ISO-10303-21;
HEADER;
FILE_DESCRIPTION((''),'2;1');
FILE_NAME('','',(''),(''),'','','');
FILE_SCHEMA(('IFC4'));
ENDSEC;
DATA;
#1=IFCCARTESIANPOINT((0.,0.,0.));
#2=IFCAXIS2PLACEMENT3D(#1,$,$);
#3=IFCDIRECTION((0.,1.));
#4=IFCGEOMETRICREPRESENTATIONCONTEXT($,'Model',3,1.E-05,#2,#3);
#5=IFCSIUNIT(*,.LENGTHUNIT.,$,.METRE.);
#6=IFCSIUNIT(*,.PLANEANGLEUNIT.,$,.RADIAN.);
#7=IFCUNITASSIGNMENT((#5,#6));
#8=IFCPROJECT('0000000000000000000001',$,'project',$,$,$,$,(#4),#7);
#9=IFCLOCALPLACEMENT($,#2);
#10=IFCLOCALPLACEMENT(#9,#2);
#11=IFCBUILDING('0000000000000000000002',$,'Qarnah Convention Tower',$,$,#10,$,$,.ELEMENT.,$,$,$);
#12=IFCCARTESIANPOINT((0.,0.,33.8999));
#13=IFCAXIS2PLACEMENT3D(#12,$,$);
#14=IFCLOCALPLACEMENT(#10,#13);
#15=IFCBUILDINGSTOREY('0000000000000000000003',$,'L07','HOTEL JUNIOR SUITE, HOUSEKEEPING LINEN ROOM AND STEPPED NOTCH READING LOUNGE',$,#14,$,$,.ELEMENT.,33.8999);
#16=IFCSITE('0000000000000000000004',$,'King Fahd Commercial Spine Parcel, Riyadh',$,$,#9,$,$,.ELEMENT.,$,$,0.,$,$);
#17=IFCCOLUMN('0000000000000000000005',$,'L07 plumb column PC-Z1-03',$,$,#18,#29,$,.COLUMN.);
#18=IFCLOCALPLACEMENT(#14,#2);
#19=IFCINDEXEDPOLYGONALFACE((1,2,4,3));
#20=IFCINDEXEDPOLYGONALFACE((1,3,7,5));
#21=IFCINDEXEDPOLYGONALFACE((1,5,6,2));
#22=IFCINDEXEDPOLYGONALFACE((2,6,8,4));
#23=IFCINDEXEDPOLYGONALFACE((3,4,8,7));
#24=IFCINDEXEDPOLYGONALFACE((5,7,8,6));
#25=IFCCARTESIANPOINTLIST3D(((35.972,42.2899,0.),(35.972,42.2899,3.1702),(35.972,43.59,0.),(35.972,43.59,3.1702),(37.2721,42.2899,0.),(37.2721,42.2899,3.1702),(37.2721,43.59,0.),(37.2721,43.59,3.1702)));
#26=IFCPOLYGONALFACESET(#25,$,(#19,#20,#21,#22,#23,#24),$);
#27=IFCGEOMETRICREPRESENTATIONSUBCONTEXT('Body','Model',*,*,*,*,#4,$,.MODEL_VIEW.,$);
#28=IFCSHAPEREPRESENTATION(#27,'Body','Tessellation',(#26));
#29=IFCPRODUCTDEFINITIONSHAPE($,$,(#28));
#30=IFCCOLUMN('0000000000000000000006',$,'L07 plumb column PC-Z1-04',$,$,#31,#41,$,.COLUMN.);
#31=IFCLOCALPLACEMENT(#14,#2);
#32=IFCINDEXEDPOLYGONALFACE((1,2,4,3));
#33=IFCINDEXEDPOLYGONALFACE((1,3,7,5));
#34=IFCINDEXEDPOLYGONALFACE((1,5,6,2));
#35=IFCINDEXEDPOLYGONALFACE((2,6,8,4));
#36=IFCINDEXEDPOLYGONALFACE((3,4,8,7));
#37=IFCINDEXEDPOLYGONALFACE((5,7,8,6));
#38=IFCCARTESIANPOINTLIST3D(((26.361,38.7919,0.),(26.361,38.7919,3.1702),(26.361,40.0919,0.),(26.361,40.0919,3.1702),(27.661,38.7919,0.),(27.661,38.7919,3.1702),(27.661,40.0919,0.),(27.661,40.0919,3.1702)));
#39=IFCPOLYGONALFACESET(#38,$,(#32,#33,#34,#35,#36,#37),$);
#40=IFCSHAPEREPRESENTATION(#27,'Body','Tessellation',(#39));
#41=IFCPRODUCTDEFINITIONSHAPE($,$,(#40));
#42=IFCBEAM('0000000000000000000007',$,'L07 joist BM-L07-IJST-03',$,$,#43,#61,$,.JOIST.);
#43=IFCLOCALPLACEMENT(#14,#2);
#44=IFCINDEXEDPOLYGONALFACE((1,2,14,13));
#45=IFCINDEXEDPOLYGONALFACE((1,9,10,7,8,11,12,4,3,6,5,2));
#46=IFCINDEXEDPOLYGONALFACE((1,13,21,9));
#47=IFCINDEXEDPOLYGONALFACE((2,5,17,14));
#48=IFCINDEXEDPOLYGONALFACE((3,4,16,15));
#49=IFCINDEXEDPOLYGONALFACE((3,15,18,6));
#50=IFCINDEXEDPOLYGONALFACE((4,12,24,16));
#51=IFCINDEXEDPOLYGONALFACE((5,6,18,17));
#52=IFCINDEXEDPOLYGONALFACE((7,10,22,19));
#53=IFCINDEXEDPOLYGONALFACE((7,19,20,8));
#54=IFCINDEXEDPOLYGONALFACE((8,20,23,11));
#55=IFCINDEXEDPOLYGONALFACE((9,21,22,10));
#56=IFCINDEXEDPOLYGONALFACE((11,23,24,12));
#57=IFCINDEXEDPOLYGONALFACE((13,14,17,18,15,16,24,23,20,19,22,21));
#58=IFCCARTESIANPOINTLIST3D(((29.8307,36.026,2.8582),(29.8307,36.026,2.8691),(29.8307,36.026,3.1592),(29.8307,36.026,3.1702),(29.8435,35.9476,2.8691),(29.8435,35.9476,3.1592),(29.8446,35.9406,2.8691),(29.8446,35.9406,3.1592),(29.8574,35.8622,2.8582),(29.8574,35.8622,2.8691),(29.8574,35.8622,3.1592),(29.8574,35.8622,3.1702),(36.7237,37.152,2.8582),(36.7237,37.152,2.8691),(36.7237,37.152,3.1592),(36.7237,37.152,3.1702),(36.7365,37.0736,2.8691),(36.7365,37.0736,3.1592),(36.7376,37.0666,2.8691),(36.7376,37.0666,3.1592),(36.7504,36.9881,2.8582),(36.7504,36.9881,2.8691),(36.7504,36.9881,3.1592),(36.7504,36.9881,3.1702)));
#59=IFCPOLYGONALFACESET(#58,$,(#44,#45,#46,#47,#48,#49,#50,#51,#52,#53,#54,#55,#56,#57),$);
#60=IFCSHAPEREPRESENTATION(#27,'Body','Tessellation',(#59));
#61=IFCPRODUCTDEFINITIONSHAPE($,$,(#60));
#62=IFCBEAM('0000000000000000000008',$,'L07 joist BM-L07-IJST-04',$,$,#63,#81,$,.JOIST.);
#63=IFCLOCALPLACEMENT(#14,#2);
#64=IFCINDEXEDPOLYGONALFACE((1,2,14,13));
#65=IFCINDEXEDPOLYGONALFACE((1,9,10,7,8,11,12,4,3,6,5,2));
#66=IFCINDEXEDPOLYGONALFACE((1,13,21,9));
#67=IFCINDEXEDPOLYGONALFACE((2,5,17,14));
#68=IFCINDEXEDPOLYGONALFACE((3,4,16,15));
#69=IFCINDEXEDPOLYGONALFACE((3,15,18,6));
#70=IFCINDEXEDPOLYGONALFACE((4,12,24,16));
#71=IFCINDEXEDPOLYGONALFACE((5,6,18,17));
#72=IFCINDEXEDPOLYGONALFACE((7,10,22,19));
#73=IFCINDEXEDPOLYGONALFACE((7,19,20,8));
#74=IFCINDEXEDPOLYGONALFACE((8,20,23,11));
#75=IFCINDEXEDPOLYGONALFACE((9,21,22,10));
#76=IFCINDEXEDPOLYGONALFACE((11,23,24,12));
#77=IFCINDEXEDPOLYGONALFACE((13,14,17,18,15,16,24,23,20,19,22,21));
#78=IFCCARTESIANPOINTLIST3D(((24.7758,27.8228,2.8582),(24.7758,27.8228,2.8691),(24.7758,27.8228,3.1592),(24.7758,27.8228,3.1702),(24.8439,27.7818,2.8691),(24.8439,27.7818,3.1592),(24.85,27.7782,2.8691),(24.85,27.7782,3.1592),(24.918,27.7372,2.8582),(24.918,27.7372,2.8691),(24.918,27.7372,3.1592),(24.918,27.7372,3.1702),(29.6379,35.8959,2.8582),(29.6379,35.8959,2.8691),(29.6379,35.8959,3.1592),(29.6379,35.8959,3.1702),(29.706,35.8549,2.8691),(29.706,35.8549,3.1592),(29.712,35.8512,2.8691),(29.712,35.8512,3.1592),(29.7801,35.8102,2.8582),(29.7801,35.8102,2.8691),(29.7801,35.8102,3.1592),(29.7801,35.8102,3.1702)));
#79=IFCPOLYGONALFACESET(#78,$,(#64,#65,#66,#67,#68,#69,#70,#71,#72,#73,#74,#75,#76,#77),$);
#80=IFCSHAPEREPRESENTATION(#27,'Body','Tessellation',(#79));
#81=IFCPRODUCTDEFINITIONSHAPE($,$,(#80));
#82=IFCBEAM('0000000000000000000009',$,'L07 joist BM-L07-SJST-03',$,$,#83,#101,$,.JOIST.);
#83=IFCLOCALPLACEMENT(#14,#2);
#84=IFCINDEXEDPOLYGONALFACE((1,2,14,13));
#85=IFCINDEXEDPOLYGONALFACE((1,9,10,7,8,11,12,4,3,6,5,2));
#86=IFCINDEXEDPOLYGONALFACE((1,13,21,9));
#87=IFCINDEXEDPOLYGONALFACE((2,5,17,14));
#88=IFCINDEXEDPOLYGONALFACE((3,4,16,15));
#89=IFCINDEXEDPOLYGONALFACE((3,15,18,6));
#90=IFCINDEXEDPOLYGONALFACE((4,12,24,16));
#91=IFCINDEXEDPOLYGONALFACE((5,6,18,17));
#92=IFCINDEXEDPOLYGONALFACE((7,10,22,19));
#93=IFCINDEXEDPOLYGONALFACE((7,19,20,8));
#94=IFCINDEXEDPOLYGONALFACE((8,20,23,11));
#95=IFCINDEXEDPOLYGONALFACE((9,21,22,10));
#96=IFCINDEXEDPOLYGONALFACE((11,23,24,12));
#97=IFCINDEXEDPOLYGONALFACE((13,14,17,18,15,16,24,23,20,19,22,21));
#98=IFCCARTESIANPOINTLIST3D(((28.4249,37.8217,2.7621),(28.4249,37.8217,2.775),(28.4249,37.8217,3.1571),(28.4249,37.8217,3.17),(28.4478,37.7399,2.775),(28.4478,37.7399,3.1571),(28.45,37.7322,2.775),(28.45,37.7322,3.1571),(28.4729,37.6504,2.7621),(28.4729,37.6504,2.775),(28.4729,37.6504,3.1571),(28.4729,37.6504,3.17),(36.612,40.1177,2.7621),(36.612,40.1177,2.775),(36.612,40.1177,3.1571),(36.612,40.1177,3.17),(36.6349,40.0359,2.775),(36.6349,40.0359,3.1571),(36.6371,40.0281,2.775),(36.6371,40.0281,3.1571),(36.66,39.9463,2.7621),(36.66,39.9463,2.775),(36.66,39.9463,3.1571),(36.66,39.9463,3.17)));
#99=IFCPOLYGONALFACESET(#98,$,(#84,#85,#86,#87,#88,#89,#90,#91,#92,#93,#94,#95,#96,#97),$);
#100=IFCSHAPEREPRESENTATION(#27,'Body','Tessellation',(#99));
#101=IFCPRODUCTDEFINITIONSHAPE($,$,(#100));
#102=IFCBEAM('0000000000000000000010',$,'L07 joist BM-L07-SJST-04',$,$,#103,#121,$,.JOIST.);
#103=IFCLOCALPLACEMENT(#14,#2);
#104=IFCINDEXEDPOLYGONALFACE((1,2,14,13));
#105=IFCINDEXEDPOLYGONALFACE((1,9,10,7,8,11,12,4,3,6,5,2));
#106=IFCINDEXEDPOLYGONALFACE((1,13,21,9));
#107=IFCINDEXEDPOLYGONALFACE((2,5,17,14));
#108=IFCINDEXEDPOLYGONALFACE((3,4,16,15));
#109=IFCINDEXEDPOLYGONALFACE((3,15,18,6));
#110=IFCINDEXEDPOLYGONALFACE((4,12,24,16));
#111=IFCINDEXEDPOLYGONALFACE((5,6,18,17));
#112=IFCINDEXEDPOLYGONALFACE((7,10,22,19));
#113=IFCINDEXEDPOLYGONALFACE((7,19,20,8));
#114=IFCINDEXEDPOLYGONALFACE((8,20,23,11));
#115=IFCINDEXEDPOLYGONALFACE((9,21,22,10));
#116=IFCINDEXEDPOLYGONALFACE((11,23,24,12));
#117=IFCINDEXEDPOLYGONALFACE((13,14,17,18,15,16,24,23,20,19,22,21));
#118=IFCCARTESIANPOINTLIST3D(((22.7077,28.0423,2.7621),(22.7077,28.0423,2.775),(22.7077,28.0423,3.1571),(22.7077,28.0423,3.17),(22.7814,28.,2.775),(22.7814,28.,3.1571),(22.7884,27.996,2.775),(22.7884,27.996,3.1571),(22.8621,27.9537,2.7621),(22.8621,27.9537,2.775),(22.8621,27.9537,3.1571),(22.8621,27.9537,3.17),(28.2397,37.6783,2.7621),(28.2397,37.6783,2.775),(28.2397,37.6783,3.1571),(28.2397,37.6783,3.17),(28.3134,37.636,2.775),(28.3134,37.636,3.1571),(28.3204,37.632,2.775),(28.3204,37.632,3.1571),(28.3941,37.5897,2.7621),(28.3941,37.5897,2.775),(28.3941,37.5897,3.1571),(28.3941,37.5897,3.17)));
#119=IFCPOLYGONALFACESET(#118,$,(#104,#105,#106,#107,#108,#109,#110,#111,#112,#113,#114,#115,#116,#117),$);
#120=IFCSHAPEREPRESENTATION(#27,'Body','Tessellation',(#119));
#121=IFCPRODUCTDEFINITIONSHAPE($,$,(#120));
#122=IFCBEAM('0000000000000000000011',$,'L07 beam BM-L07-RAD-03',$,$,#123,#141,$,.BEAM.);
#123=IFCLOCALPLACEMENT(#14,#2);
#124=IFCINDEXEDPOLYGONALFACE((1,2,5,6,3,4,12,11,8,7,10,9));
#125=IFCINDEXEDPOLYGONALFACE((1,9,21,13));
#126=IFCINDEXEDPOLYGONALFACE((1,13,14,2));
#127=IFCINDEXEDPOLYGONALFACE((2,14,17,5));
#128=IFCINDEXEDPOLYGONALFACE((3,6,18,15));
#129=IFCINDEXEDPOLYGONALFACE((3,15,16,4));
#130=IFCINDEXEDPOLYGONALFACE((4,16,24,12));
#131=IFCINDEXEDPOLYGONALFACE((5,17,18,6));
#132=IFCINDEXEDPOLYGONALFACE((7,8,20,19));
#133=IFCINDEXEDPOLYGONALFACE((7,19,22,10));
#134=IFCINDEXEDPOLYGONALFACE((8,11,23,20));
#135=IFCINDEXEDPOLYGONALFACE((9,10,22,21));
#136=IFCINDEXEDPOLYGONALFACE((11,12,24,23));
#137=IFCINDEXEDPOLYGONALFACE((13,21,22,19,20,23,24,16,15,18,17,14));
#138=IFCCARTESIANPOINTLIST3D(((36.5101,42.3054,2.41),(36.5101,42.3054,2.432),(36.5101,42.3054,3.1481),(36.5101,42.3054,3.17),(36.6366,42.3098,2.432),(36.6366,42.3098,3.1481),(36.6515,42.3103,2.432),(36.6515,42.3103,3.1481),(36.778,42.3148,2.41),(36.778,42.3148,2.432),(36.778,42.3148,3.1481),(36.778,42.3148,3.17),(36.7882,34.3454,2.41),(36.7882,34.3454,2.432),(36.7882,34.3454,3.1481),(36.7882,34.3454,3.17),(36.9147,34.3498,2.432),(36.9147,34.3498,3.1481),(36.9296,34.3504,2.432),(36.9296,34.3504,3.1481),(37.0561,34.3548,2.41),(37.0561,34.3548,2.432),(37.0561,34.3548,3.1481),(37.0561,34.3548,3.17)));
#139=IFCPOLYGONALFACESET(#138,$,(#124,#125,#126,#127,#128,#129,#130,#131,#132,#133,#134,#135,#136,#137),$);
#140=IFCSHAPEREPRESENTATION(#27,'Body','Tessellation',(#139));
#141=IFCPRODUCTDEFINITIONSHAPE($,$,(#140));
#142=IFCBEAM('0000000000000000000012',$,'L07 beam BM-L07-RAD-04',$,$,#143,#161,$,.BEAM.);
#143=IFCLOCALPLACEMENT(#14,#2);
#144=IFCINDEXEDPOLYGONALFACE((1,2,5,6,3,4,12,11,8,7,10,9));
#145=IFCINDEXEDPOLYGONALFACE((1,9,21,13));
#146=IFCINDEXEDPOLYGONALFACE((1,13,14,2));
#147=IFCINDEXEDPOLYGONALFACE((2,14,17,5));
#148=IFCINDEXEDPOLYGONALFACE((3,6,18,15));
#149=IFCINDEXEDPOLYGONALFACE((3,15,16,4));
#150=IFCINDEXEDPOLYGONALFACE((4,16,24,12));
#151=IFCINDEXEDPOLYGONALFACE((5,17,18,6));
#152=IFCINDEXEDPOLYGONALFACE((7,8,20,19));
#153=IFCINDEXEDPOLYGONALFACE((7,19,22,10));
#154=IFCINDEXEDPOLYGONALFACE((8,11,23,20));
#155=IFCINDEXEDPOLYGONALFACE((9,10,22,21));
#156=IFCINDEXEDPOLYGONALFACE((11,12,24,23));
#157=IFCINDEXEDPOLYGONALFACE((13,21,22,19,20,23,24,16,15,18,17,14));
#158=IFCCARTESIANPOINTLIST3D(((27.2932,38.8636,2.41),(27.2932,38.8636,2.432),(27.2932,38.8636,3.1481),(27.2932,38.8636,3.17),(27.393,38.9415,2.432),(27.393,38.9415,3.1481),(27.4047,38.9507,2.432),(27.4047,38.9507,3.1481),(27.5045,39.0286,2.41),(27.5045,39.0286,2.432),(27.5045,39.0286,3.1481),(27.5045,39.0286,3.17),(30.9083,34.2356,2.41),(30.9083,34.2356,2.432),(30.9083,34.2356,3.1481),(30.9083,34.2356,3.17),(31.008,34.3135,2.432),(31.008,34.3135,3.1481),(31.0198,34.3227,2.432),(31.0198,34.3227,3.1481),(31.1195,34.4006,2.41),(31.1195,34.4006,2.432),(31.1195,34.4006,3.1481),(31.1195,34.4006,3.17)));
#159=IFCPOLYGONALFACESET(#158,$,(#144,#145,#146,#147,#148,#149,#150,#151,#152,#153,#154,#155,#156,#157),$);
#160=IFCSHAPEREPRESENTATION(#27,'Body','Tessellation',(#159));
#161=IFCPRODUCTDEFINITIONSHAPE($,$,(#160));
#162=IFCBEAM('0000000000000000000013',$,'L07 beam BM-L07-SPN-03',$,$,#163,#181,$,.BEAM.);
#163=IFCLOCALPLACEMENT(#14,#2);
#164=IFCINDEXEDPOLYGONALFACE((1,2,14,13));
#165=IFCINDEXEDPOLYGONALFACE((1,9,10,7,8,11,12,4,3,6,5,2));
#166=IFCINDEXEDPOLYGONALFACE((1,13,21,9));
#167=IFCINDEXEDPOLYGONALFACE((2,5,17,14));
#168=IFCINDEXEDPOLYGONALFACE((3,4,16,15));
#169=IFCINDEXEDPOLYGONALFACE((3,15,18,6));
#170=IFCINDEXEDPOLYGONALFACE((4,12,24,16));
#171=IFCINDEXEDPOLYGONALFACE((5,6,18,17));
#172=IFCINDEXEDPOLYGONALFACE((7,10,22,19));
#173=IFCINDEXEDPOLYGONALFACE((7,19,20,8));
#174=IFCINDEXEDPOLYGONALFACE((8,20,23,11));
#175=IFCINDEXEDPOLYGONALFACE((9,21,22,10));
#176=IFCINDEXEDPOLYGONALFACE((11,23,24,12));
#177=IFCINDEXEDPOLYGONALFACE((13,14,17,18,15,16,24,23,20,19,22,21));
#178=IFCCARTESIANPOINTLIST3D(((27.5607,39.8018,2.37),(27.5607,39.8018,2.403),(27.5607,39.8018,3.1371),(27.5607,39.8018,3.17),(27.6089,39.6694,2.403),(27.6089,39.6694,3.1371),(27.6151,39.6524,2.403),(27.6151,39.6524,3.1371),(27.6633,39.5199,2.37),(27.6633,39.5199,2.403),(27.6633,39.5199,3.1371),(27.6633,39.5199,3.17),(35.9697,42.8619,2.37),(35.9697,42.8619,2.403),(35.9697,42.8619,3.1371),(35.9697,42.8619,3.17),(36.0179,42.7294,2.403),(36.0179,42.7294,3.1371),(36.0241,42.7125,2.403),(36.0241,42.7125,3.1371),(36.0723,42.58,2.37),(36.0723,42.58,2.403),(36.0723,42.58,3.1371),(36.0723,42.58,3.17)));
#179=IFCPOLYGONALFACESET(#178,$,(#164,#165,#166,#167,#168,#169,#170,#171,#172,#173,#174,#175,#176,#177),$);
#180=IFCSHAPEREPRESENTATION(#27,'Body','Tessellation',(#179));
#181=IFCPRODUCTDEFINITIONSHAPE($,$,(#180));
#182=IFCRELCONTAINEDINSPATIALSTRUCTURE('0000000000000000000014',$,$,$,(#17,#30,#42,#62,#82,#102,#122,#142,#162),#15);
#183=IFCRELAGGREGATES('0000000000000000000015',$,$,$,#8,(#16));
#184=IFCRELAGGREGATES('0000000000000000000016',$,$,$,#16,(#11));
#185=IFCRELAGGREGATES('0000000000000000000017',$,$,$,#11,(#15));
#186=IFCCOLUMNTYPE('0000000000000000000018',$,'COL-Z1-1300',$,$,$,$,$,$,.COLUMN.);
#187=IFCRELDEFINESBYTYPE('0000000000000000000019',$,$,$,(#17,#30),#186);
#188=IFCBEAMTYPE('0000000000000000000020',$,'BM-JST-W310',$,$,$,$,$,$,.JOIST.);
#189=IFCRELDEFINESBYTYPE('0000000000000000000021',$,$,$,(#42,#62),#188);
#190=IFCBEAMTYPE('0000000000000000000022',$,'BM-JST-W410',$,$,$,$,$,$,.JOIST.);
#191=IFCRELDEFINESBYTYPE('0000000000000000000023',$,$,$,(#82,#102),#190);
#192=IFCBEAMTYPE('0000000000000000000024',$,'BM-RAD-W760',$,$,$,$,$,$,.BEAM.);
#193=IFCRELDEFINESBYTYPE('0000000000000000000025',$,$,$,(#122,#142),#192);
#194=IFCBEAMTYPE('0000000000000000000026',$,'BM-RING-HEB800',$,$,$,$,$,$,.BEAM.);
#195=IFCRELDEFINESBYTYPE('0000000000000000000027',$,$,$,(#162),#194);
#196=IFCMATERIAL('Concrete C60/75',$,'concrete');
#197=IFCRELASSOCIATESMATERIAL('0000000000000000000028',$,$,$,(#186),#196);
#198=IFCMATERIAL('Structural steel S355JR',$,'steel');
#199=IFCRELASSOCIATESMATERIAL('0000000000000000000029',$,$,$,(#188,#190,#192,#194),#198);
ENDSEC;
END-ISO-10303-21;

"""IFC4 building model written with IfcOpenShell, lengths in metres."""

from ifc_helpers import new_model, si_unit, direction, frame, origin, origin_2d, place, context, subcontext, project, spatial, rectangle, i_section, extrude, material, material_profile, profile_set, type_object, element, save


model = new_model("IFC4")

# Units and contexts
model_context = context("Model", 3, precision=1e-05, world=origin(), true_north=direction((0.0, 1.0)))
body_context = subcontext(model_context, "Body", "Model", "MODEL_VIEW")
ifc_project = project(units=[si_unit("LENGTHUNIT", "METRE"), si_unit("PLANEANGLEUNIT", "RADIAN")], contexts=[model_context])

# Site, building, storey
site_placement = place(None, origin())
site = spatial("IfcSite", under=ifc_project, at=site_placement, Name="King Fahd Commercial Spine Parcel, Riyadh", CompositionType="ELEMENT", RefElevation=0.0)
building_placement = place(site_placement, origin())
building = spatial("IfcBuilding", under=site, at=building_placement, Name="Qarnah Convention Tower", CompositionType="ELEMENT")
storey_placement = place(building_placement, frame((0.0, 0.0, 33.8999)))
storey = spatial("IfcBuildingStorey", under=building, at=storey_placement, Name="L07", Description="HOTEL JUNIOR SUITE, HOUSEKEEPING LINEN ROOM AND STEPPED NOTCH READING LOUNGE", CompositionType="ELEMENT", Elevation=33.8999)

# Columns
ifc_material_1 = material(Name="Concrete C60/75", Category="concrete")
ifc_material_profile_1 = material_profile(ifc_material_1, rectangle(XDim=1.3, YDim=1.3, at=origin_2d()), Name="RC-COL-1300X1300")
ifc_profile_set_1 = profile_set([ifc_material_profile_1], Name="Concrete C60/75")
column_type = type_object("IfcColumnType", Name="COL-Z1-1300", PredefinedType="COLUMN", material=ifc_profile_set_1)
for number, where, z_axis, x_axis, name in (
    (1, (36.6221, 42.9399, 0.0), (0.0, 0.0, 1.0), (1.0, 0.0, 0.0), "L07 plumb column PC-Z1-03"),
    (2, (27.011, 39.4419, 0.0), (0.0, 0.0, 1.0), (1.0, 0.0, 0.0), "L07 plumb column PC-Z1-04"),
):
    element("IfcColumn", number, at=place(storey_placement, frame(where, z_axis=z_axis, x_axis=x_axis)), inside=storey, type_object=column_type, Name=name, PredefinedType="COLUMN", context=body_context, shape_type="SweptSolid", body=[
        extrude(rectangle(XDim=1.3, YDim=1.3, at=origin_2d()), origin(), (0.0, 0.0, 1.0), 3.1702),
    ])

# Beams
ifc_material_2 = material(Name="Structural steel S355JR", Category="steel")
ifc_material_profile_2 = material_profile(ifc_material_2, i_section(OverallWidth=0.166, OverallDepth=0.312, WebThickness=0.0071, FlangeThickness=0.011, at=origin_2d()), Name="W310X45")
ifc_profile_set_2 = profile_set([ifc_material_profile_2], Name="Structural steel S355JR")
beam_type_1 = type_object("IfcBeamType", Name="BM-JST-W310", PredefinedType="JOIST", material=ifc_profile_set_2)
beam_1_placement = place(storey_placement, frame((36.7371, 37.0701, 3.0142), z_axis=(-0.98692, -0.161213, 0.0), x_axis=(0.161213, -0.98692, 0.0)))
element("IfcBeam", 3, at=beam_1_placement, inside=storey, type_object=beam_type_1, Name="L07 joist BM-L07-IJST-03", PredefinedType="JOIST", context=body_context, shape_type="SweptSolid", body=[
    extrude(i_section(OverallWidth=0.166, OverallDepth=0.312, WebThickness=0.0071, FlangeThickness=0.011, at=origin_2d()), origin(), (0.0, 0.0, 1.0), 6.9844),
])
beam_2_placement = place(storey_placement, frame((29.709, 35.853, 3.0142), z_axis=(-0.51592, -0.856637, 0.0), x_axis=(0.856637, -0.51592, 0.0)))
element("IfcBeam", 4, at=beam_2_placement, inside=storey, type_object=beam_type_1, Name="L07 joist BM-L07-IJST-04", PredefinedType="JOIST", context=body_context, shape_type="SweptSolid", body=[
    extrude(i_section(OverallWidth=0.166, OverallDepth=0.312, WebThickness=0.0071, FlangeThickness=0.011, at=origin_2d()), origin(), (0.0, 0.0, 1.0), 9.4241),
])
ifc_material_profile_3 = material_profile(ifc_material_2, i_section(OverallWidth=0.178, OverallDepth=0.408, WebThickness=0.0081, FlangeThickness=0.0129, at=origin_2d()), Name="W410X60")
ifc_profile_set_3 = profile_set([ifc_material_profile_3], Name="Structural steel S355JR")
beam_type_2 = type_object("IfcBeamType", Name="BM-JST-W410", PredefinedType="JOIST", material=ifc_profile_set_3)
beam_3_placement = place(storey_placement, frame((36.636, 40.032, 2.9661), z_axis=(-0.962856, -0.270015, 0.0), x_axis=(0.270015, -0.962856, 0.0)))
element("IfcBeam", 5, at=beam_3_placement, inside=storey, type_object=beam_type_2, Name="L07 joist BM-L07-SJST-03", PredefinedType="JOIST", context=body_context, shape_type="SweptSolid", body=[
    extrude(i_section(OverallWidth=0.178, OverallDepth=0.408, WebThickness=0.0081, FlangeThickness=0.0129, at=origin_2d()), origin(), (0.0, 0.0, 1.0), 8.5029),
])
beam_4_placement = place(storey_placement, frame((28.3169, 37.634, 2.9661), z_axis=(-0.497882, -0.867245, 0.0), x_axis=(0.867245, -0.497882, 0.0)))
element("IfcBeam", 6, at=beam_4_placement, inside=storey, type_object=beam_type_2, Name="L07 joist BM-L07-SJST-04", PredefinedType="JOIST", context=body_context, shape_type="SweptSolid", body=[
    extrude(i_section(OverallWidth=0.178, OverallDepth=0.408, WebThickness=0.0081, FlangeThickness=0.0129, at=origin_2d()), origin(), (0.0, 0.0, 1.0), 11.1111),
])
ifc_material_profile_4 = material_profile(ifc_material_2, i_section(OverallWidth=0.2681, OverallDepth=0.76, WebThickness=0.0149, FlangeThickness=0.022, at=origin_2d()), Name="W760X185")
ifc_profile_set_4 = profile_set([ifc_material_profile_4], Name="Structural steel S355JR")
beam_type_3 = type_object("IfcBeamType", Name="BM-RAD-W760", PredefinedType="BEAM", material=ifc_profile_set_4)
beam_5_placement = place(storey_placement, frame((36.9221, 34.3501, 2.79), z_axis=(-0.034913, 0.99939, 0.0), x_axis=(-0.99939, -0.034913, 0.0)))
element("IfcBeam", 7, at=beam_5_placement, inside=storey, type_object=beam_type_3, Name="L07 beam BM-L07-RAD-03", PredefinedType="BEAM", context=body_context, shape_type="SweptSolid", body=[
    extrude(i_section(OverallWidth=0.2681, OverallDepth=0.76, WebThickness=0.0149, FlangeThickness=0.022, at=origin_2d()), origin(), (0.0, 0.0, 1.0), 7.9648),
])
beam_6_placement = place(storey_placement, frame((31.0139, 34.3181, 2.79), z_axis=(-0.615583, 0.788072, 0.0), x_axis=(-0.788072, -0.615583, 0.0)))
element("IfcBeam", 8, at=beam_6_placement, inside=storey, type_object=beam_type_3, Name="L07 beam BM-L07-RAD-04", PredefinedType="BEAM", context=body_context, shape_type="SweptSolid", body=[
    extrude(i_section(OverallWidth=0.2681, OverallDepth=0.76, WebThickness=0.0149, FlangeThickness=0.022, at=origin_2d()), origin(), (0.0, 0.0, 1.0), 5.8726),
])
ifc_material_profile_5 = material_profile(ifc_material_2, i_section(OverallWidth=0.3, OverallDepth=0.8, WebThickness=0.0181, FlangeThickness=0.033, at=origin_2d()), Name="HEB800")
ifc_profile_set_5 = profile_set([ifc_material_profile_5], Name="Structural steel S355JR")
beam_type_4 = type_object("IfcBeamType", Name="BM-RING-HEB800", PredefinedType="BEAM", material=ifc_profile_set_5)
beam_7_placement = place(storey_placement, frame((36.021, 42.7209, 2.77), z_axis=(-0.939712, -0.341966, 0.0), x_axis=(0.341966, -0.939712, 0.0)))
element("IfcBeam", 9, at=beam_7_placement, inside=storey, type_object=beam_type_4, Name="L07 beam BM-L07-SPN-03", PredefinedType="BEAM", context=body_context, shape_type="SweptSolid", body=[
    extrude(i_section(OverallWidth=0.3, OverallDepth=0.8, WebThickness=0.0181, FlangeThickness=0.033, at=origin_2d()), origin(), (0.0, 0.0, 1.0), 8.9485),
])

save(model, "model.ifc")
